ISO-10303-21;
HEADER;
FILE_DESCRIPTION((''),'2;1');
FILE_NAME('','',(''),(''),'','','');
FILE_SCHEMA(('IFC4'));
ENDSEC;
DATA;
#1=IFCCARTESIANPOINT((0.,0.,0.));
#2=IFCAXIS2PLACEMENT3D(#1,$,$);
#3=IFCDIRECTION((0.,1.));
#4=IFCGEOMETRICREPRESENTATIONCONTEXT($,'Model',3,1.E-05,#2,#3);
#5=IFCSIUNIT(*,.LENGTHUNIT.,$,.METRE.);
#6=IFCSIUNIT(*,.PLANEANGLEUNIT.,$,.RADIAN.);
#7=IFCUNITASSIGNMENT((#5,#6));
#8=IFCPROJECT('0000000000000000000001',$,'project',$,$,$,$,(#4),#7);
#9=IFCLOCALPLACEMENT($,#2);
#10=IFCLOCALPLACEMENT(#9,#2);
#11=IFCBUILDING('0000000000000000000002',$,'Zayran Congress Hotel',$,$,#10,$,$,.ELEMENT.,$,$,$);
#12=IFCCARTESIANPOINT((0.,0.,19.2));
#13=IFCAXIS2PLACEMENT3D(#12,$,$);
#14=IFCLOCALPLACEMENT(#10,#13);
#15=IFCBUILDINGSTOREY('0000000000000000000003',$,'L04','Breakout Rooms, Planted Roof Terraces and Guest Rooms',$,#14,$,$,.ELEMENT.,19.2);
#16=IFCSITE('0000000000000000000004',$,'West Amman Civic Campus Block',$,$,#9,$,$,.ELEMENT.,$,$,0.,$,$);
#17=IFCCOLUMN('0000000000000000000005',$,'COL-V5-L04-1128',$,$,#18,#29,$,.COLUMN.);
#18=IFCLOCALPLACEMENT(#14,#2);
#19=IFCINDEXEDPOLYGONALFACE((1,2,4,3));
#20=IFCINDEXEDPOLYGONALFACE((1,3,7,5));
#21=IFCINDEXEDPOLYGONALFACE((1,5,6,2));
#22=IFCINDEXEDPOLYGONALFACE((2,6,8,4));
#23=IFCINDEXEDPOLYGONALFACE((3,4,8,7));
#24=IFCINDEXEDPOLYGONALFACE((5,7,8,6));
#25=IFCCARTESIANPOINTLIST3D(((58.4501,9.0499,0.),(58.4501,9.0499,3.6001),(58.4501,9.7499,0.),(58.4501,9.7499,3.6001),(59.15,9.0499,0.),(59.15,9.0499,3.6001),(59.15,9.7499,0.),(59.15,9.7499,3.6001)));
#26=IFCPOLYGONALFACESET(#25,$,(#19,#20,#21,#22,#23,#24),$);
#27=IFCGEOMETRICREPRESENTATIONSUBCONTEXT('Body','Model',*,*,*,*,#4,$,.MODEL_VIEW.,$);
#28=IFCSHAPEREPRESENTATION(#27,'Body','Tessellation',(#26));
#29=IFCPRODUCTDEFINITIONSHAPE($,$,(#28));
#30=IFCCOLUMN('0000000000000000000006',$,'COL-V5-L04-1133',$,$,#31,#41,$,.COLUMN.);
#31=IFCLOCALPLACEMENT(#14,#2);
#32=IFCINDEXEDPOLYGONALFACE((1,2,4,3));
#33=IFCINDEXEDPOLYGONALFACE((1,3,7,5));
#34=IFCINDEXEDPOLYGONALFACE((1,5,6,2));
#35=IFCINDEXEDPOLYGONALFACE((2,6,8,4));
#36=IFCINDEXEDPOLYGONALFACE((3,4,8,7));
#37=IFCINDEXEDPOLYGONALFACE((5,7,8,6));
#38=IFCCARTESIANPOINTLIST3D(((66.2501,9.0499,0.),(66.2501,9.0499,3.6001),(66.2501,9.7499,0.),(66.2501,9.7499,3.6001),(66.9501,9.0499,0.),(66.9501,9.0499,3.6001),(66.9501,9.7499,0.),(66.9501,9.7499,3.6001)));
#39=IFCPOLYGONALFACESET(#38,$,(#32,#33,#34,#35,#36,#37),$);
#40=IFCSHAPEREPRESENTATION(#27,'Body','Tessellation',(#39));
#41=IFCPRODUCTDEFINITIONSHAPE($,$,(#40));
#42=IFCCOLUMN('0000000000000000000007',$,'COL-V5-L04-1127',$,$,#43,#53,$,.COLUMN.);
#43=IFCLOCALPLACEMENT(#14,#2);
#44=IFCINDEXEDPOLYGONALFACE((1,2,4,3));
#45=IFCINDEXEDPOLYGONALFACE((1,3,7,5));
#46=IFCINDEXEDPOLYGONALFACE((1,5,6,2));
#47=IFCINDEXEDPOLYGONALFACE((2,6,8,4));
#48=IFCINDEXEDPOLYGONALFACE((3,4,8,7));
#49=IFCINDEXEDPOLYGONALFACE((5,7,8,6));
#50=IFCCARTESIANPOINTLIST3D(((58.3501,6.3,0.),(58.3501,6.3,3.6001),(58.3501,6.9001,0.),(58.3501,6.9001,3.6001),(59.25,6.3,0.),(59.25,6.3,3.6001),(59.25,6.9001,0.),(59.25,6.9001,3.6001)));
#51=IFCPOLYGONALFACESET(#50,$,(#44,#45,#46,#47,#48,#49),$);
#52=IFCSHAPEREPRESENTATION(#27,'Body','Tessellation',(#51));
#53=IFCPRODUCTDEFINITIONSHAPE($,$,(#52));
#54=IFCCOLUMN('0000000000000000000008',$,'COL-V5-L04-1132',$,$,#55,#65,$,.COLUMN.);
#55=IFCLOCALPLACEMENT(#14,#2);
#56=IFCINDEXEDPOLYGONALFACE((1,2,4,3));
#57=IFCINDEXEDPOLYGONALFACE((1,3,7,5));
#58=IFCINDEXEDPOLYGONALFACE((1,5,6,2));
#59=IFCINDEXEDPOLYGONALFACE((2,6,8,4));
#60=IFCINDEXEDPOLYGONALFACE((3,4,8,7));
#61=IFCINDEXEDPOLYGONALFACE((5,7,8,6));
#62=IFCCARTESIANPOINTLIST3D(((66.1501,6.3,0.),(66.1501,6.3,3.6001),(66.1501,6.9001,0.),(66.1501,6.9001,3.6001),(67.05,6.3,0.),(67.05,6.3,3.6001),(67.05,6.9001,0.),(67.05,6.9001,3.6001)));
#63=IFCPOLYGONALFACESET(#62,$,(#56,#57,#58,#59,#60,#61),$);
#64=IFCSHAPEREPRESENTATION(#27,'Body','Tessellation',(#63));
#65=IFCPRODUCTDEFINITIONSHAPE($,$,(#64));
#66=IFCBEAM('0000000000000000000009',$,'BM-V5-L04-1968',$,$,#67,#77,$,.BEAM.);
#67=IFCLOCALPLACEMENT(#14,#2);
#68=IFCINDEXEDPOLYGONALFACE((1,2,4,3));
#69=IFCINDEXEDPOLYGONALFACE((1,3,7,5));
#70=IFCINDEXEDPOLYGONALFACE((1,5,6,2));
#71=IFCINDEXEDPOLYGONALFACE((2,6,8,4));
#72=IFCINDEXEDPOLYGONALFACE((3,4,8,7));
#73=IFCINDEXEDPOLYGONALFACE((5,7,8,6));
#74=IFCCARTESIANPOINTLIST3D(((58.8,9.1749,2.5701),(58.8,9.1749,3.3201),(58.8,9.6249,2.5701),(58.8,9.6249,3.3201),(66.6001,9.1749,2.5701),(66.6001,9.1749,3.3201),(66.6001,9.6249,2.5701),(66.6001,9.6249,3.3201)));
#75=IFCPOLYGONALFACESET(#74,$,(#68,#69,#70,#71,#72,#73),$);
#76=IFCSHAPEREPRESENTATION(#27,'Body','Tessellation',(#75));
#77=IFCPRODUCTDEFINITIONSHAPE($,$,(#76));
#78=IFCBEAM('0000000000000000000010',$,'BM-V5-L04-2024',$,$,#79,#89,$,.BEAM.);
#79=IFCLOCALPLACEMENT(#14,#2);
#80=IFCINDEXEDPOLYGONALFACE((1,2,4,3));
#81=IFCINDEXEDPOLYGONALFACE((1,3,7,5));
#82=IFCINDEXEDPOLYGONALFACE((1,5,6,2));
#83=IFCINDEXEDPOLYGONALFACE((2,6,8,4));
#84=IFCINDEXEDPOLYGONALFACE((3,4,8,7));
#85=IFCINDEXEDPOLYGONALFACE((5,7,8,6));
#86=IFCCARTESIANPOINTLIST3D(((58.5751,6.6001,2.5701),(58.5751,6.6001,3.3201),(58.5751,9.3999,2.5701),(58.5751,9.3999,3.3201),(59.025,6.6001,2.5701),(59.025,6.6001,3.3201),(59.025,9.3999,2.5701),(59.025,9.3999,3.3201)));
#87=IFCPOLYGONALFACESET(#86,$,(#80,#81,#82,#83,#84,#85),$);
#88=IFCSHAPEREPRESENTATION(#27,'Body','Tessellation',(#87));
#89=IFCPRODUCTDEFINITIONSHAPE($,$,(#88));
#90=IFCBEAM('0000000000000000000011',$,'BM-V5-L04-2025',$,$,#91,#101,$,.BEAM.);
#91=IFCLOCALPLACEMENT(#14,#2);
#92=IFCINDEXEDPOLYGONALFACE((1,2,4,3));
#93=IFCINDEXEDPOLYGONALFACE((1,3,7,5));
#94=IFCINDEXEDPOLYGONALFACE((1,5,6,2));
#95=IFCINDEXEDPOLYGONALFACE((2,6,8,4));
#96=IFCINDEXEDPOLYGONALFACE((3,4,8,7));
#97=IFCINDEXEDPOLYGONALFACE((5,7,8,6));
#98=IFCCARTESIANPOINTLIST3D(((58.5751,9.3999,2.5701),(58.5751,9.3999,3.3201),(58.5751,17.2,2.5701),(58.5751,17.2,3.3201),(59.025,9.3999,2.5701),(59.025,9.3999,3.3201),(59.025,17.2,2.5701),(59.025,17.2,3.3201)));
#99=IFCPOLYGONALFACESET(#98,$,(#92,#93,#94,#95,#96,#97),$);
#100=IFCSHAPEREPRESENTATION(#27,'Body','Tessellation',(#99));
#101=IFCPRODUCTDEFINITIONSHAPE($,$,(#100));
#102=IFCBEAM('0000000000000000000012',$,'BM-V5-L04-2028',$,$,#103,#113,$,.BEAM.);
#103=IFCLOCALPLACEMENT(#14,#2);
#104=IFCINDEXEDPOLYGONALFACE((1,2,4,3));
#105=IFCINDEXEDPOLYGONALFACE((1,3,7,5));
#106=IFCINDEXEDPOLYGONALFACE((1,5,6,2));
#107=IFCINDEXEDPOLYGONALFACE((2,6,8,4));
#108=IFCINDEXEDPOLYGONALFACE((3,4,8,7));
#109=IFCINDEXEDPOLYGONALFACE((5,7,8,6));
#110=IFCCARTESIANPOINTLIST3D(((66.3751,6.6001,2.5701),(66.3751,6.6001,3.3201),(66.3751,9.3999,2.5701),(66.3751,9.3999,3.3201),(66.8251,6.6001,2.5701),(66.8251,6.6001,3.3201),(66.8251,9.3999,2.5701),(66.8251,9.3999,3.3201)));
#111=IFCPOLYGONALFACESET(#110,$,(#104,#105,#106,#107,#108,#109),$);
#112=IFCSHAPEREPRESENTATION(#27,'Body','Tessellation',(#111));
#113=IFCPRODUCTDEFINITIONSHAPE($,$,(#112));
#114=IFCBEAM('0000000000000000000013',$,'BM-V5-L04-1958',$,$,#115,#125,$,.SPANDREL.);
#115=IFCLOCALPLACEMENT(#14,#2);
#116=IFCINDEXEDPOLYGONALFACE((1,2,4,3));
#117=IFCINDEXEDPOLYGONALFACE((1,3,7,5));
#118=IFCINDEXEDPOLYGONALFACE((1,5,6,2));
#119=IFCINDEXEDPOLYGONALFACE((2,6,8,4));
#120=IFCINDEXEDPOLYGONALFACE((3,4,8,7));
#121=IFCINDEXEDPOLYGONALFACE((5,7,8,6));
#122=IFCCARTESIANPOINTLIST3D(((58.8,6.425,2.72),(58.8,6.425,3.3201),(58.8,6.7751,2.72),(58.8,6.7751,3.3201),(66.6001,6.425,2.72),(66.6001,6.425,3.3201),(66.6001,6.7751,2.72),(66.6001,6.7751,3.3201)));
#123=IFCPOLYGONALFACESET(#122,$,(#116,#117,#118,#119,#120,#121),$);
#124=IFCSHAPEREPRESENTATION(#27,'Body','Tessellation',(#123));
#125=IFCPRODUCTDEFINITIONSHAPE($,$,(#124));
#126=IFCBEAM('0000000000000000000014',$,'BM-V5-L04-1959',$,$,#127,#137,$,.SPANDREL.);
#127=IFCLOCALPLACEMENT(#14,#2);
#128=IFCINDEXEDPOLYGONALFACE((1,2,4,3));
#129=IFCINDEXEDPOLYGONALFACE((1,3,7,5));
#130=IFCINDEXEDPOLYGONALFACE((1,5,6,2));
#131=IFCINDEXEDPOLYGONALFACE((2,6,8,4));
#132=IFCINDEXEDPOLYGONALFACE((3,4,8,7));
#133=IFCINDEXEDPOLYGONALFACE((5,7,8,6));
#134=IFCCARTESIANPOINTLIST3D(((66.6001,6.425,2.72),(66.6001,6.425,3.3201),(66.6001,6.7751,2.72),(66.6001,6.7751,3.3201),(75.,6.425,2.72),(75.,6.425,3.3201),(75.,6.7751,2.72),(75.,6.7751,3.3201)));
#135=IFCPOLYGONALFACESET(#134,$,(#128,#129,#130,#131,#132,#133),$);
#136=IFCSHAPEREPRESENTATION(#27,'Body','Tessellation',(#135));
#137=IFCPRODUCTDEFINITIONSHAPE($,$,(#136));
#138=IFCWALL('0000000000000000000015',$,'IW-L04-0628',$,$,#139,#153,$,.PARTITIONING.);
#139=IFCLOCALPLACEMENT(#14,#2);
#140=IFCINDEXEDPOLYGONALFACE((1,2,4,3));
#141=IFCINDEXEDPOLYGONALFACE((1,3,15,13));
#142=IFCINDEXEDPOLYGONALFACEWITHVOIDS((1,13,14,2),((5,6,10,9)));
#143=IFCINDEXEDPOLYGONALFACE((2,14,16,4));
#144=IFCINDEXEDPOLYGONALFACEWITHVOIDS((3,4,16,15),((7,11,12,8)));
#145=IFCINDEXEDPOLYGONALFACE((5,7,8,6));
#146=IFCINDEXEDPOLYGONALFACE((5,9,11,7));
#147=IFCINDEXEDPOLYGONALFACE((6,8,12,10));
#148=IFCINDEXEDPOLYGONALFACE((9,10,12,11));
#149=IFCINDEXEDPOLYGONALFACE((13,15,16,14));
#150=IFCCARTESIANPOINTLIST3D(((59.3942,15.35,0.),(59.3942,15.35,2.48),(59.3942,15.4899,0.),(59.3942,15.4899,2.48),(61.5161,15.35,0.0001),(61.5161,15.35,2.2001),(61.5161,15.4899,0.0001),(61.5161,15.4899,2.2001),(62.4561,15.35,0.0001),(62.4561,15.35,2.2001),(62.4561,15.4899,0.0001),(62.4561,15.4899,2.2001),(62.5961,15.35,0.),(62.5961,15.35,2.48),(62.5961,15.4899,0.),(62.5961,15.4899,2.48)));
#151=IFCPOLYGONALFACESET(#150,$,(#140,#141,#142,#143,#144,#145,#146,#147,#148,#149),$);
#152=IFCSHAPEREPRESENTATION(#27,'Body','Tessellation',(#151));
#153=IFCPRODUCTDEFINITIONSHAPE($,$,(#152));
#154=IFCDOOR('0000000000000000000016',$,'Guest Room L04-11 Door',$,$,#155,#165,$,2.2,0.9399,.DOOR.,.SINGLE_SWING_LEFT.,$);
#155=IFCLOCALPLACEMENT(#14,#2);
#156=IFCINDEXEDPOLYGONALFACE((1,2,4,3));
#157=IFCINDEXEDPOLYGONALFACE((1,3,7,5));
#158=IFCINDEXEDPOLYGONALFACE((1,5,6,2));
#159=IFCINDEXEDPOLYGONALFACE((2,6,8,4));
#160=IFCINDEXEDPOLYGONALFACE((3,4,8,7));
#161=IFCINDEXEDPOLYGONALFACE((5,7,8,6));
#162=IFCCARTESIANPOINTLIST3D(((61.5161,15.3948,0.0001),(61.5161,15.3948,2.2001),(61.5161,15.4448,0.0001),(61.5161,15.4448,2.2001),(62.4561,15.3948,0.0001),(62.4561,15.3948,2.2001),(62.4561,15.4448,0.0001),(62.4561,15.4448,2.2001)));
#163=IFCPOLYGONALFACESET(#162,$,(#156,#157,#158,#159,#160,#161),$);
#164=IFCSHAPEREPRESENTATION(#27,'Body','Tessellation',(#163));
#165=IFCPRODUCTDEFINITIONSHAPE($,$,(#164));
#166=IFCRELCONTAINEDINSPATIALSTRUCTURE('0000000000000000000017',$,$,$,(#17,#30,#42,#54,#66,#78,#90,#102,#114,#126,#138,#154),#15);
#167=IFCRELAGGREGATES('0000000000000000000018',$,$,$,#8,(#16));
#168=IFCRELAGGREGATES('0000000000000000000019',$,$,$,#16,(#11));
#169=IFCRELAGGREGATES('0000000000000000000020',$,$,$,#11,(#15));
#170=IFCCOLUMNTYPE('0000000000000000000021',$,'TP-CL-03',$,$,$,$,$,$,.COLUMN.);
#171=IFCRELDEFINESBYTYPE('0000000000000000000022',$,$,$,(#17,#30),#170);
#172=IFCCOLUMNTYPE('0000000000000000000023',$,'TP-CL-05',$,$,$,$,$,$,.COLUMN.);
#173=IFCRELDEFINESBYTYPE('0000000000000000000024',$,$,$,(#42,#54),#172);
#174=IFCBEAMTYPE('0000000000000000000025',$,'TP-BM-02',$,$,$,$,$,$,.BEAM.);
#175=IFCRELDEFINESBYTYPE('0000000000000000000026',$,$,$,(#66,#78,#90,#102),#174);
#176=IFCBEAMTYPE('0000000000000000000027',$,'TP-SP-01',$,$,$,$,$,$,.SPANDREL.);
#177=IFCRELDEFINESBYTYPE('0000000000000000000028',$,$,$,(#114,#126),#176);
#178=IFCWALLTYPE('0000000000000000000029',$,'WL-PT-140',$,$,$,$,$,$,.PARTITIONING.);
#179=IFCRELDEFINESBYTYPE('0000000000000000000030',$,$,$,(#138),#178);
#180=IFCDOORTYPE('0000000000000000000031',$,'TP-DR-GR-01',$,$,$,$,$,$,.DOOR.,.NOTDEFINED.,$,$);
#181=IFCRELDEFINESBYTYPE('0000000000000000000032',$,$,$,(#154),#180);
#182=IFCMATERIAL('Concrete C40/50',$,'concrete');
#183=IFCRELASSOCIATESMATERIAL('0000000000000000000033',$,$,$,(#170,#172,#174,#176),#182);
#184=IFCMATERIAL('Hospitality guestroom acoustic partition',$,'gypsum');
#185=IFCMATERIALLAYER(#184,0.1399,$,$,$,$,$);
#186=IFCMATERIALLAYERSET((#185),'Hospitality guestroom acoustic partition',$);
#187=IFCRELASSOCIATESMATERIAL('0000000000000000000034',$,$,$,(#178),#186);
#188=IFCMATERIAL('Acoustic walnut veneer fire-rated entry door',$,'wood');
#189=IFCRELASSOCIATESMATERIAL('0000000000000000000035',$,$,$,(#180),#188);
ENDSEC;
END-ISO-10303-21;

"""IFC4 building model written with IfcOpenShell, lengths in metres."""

from ifc_helpers import new_model, si_unit, direction, frame, frame_2d, origin, origin_2d, place, context, subcontext, project, spatial, rectangle, extrude, material, layer, layer_set, material_profile, profile_set, type_object, element, fill, save


model = new_model("IFC4")

# Units and contexts
model_context = context("Model", 3, precision=1e-05, world=origin(), true_north=direction((0.0, 1.0)))
body_context = subcontext(model_context, "Body", "Model", "MODEL_VIEW")
ifc_project = project(units=[si_unit("LENGTHUNIT", "METRE"), si_unit("PLANEANGLEUNIT", "RADIAN")], contexts=[model_context])

# Site, building, storey
site_placement = place(None, origin())
site = spatial("IfcSite", under=ifc_project, at=site_placement, Name="West Amman Civic Campus Block", CompositionType="ELEMENT", RefElevation=0.0)
building_placement = place(site_placement, origin())
building = spatial("IfcBuilding", under=site, at=building_placement, Name="Zayran Congress Hotel", CompositionType="ELEMENT")
storey_placement = place(building_placement, frame((0.0, 0.0, 19.2)))
storey = spatial("IfcBuildingStorey", under=building, at=storey_placement, Name="L04", Description="Breakout Rooms, Planted Roof Terraces and Guest Rooms", CompositionType="ELEMENT", Elevation=19.2)

# Columns
ifc_material_1 = material(Name="Concrete C40/50", Category="concrete")
ifc_material_profile_1 = material_profile(ifc_material_1, rectangle(XDim=0.7, YDim=0.7, at=origin_2d()), Name="RC 700x700")
ifc_profile_set_1 = profile_set([ifc_material_profile_1], Name="Concrete C40/50")
column_type_1 = type_object("IfcColumnType", Name="TP-CL-03", PredefinedType="COLUMN", material=ifc_profile_set_1)
for number, where, z_axis, x_axis, name in (
    (1, (58.8, 9.3999, 0.0), (0.0, 0.0, 1.0), (1.0, 0.0, 0.0), "COL-V5-L04-1128"),
    (2, (66.6001, 9.3999, 0.0), (0.0, 0.0, 1.0), (1.0, 0.0, 0.0), "COL-V5-L04-1133"),
):
    element("IfcColumn", number, at=place(storey_placement, frame(where, z_axis=z_axis, x_axis=x_axis)), inside=storey, type_object=column_type_1, Name=name, PredefinedType="COLUMN", context=body_context, shape_type="SweptSolid", body=[
        extrude(rectangle(XDim=0.7, YDim=0.7, at=origin_2d()), origin(), (0.0, 0.0, 1.0), 3.6001),
    ])
ifc_material_profile_2 = material_profile(ifc_material_1, rectangle(XDim=0.6001, YDim=0.8999, at=origin_2d()), Name="RC 900x600")
ifc_profile_set_2 = profile_set([ifc_material_profile_2], Name="Concrete C40/50")
column_type_2 = type_object("IfcColumnType", Name="TP-CL-05", PredefinedType="COLUMN", material=ifc_profile_set_2)
for number, where, z_axis, x_axis, name in (
    (3, (58.8, 6.6001, 0.0), (0.0, 0.0, 1.0), (0.0, 1.0, 0.0), "COL-V5-L04-1127"),
    (4, (66.6001, 6.6001, 0.0), (0.0, 0.0, 1.0), (0.0, 1.0, 0.0), "COL-V5-L04-1132"),
):
    element("IfcColumn", number, at=place(storey_placement, frame(where, z_axis=z_axis, x_axis=x_axis)), inside=storey, type_object=column_type_2, Name=name, PredefinedType="COLUMN", context=body_context, shape_type="SweptSolid", body=[
        extrude(rectangle(XDim=0.6001, YDim=0.8999, at=origin_2d()), origin(), (0.0, 0.0, 1.0), 3.6001),
    ])

# Beams
ifc_material_profile_3 = material_profile(ifc_material_1, rectangle(XDim=0.45, YDim=0.75, at=origin_2d()), Name="RC 450x750")
ifc_profile_set_3 = profile_set([ifc_material_profile_3], Name="Concrete C40/50")
beam_type_1 = type_object("IfcBeamType", Name="TP-BM-02", PredefinedType="BEAM", material=ifc_profile_set_3)
beam_1_placement = place(storey_placement, frame((58.8, 9.3999, 2.9451), z_axis=(1.0, 0.0, 0.0), x_axis=(0.0, 1.0, 0.0)))
element("IfcBeam", 5, at=beam_1_placement, inside=storey, type_object=beam_type_1, Name="BM-V5-L04-1968", PredefinedType="BEAM", context=body_context, shape_type="SweptSolid", body=[
    extrude(rectangle(XDim=0.45, YDim=0.75, at=origin_2d()), origin(), (0.0, 0.0, 1.0), 7.8),
])
beam_2_placement = place(storey_placement, frame((58.8, 6.6001, 2.9451), z_axis=(0.0, 1.0, 0.0), x_axis=(-1.0, 0.0, 0.0)))
element("IfcBeam", 6, at=beam_2_placement, inside=storey, type_object=beam_type_1, Name="BM-V5-L04-2024", PredefinedType="BEAM", context=body_context, shape_type="SweptSolid", body=[
    extrude(rectangle(XDim=0.45, YDim=0.75, at=origin_2d()), origin(), (0.0, 0.0, 1.0), 2.7998),
])
beam_3_placement = place(storey_placement, frame((58.8, 9.3999, 2.9451), z_axis=(0.0, 1.0, 0.0), x_axis=(-1.0, 0.0, 0.0)))
element("IfcBeam", 7, at=beam_3_placement, inside=storey, type_object=beam_type_1, Name="BM-V5-L04-2025", PredefinedType="BEAM", context=body_context, shape_type="SweptSolid", body=[
    extrude(rectangle(XDim=0.45, YDim=0.75, at=origin_2d()), origin(), (0.0, 0.0, 1.0), 7.8),
])
beam_4_placement = place(storey_placement, frame((66.6001, 6.6001, 2.9451), z_axis=(0.0, 1.0, 0.0), x_axis=(-1.0, 0.0, 0.0)))
element("IfcBeam", 8, at=beam_4_placement, inside=storey, type_object=beam_type_1, Name="BM-V5-L04-2028", PredefinedType="BEAM", context=body_context, shape_type="SweptSolid", body=[
    extrude(rectangle(XDim=0.45, YDim=0.75, at=origin_2d()), origin(), (0.0, 0.0, 1.0), 2.7998),
])
ifc_material_profile_4 = material_profile(ifc_material_1, rectangle(XDim=0.3501, YDim=0.6001, at=origin_2d()), Name="RC 350x600")
ifc_profile_set_4 = profile_set([ifc_material_profile_4], Name="Concrete C40/50")
beam_type_2 = type_object("IfcBeamType", Name="TP-SP-01", PredefinedType="SPANDREL", material=ifc_profile_set_4)
beam_5_placement = place(storey_placement, frame((58.8, 6.6001, 3.02), z_axis=(1.0, 0.0, 0.0), x_axis=(0.0, 1.0, 0.0)))
element("IfcBeam", 9, at=beam_5_placement, inside=storey, type_object=beam_type_2, Name="BM-V5-L04-1958", PredefinedType="SPANDREL", context=body_context, shape_type="SweptSolid", body=[
    extrude(rectangle(XDim=0.3501, YDim=0.6001, at=origin_2d()), origin(), (0.0, 0.0, 1.0), 7.8),
])
beam_6_placement = place(storey_placement, frame((66.6001, 6.6001, 3.02), z_axis=(1.0, 0.0, 0.0), x_axis=(0.0, 1.0, 0.0)))
element("IfcBeam", 10, at=beam_6_placement, inside=storey, type_object=beam_type_2, Name="BM-V5-L04-1959", PredefinedType="SPANDREL", context=body_context, shape_type="SweptSolid", body=[
    extrude(rectangle(XDim=0.3501, YDim=0.6001, at=origin_2d()), origin(), (0.0, 0.0, 1.0), 8.3999),
])

# Wall, opening, door
ifc_material_2 = material(Name="Hospitality guestroom acoustic partition", Category="gypsum")
ifc_layer_1 = layer(ifc_material_2, 0.1399)
ifc_layer_set_1 = layer_set([ifc_layer_1], Name="Hospitality guestroom acoustic partition")
wall_type_1 = type_object("IfcWallType", Name="WL-PT-140", PredefinedType="PARTITIONING", material=ifc_layer_set_1)
wall_1_placement = place(storey_placement, frame((59.394, 15.4199, 0.0), z_axis=(0.0, 0.0, 1.0), x_axis=(1.0, 0.0, 0.0)))
wall_1 = element("IfcWall", 11, at=wall_1_placement, inside=storey, type_object=wall_type_1, Name="IW-L04-0628", PredefinedType="PARTITIONING", context=body_context, shape_type="SweptSolid", body=[
    extrude(rectangle(XDim=3.2019, YDim=0.1399, at=frame_2d((1.6011, 0.0))), origin(), (0.0, 0.0, 1.0), 2.48),
])
opening_1_placement = place(wall_1_placement, frame((2.1221, 0.0, 0.0)))
opening_1 = element("IfcOpeningElement", 12, at=opening_1_placement, cuts=wall_1, PredefinedType="OPENING", context=body_context, shape_type="SweptSolid", body=[
    extrude(rectangle(XDim=0.9399, YDim=2.2, at=frame_2d((0.47, 1.1001))), frame((0.0, 0.0798, 0.0), z_axis=(0.0, -1.0, 0.0), x_axis=(1.0, 0.0, 0.0)), (0.0, 0.0, 1.0), 0.1599),
])
ifc_material_3 = material(Name="Acoustic walnut veneer fire-rated entry door", Category="wood")
door_type_1 = type_object("IfcDoorType", Name="TP-DR-GR-01", OperationType="NOTDEFINED", PredefinedType="DOOR", material=ifc_material_3)
door_1_placement = place(opening_1_placement, origin())
door_1 = element("IfcDoor", 13, at=door_1_placement, inside=storey, type_object=door_type_1, Name="Guest Room L04-11 Door", OperationType="SINGLE_SWING_LEFT", OverallHeight=2.2, OverallWidth=0.9399, PredefinedType="DOOR", context=body_context, shape_type="SweptSolid", body=[
    extrude(rectangle(XDim=0.9399, YDim=2.2, at=frame_2d((0.47, 1.1001))), frame((0.0, 0.0249, 0.0), z_axis=(0.0, -1.0, 0.0), x_axis=(1.0, 0.0, 0.0)), (0.0, 0.0, 1.0), 0.05),
])
fill(opening_1, door_1)

save(model, "model.ifc")
